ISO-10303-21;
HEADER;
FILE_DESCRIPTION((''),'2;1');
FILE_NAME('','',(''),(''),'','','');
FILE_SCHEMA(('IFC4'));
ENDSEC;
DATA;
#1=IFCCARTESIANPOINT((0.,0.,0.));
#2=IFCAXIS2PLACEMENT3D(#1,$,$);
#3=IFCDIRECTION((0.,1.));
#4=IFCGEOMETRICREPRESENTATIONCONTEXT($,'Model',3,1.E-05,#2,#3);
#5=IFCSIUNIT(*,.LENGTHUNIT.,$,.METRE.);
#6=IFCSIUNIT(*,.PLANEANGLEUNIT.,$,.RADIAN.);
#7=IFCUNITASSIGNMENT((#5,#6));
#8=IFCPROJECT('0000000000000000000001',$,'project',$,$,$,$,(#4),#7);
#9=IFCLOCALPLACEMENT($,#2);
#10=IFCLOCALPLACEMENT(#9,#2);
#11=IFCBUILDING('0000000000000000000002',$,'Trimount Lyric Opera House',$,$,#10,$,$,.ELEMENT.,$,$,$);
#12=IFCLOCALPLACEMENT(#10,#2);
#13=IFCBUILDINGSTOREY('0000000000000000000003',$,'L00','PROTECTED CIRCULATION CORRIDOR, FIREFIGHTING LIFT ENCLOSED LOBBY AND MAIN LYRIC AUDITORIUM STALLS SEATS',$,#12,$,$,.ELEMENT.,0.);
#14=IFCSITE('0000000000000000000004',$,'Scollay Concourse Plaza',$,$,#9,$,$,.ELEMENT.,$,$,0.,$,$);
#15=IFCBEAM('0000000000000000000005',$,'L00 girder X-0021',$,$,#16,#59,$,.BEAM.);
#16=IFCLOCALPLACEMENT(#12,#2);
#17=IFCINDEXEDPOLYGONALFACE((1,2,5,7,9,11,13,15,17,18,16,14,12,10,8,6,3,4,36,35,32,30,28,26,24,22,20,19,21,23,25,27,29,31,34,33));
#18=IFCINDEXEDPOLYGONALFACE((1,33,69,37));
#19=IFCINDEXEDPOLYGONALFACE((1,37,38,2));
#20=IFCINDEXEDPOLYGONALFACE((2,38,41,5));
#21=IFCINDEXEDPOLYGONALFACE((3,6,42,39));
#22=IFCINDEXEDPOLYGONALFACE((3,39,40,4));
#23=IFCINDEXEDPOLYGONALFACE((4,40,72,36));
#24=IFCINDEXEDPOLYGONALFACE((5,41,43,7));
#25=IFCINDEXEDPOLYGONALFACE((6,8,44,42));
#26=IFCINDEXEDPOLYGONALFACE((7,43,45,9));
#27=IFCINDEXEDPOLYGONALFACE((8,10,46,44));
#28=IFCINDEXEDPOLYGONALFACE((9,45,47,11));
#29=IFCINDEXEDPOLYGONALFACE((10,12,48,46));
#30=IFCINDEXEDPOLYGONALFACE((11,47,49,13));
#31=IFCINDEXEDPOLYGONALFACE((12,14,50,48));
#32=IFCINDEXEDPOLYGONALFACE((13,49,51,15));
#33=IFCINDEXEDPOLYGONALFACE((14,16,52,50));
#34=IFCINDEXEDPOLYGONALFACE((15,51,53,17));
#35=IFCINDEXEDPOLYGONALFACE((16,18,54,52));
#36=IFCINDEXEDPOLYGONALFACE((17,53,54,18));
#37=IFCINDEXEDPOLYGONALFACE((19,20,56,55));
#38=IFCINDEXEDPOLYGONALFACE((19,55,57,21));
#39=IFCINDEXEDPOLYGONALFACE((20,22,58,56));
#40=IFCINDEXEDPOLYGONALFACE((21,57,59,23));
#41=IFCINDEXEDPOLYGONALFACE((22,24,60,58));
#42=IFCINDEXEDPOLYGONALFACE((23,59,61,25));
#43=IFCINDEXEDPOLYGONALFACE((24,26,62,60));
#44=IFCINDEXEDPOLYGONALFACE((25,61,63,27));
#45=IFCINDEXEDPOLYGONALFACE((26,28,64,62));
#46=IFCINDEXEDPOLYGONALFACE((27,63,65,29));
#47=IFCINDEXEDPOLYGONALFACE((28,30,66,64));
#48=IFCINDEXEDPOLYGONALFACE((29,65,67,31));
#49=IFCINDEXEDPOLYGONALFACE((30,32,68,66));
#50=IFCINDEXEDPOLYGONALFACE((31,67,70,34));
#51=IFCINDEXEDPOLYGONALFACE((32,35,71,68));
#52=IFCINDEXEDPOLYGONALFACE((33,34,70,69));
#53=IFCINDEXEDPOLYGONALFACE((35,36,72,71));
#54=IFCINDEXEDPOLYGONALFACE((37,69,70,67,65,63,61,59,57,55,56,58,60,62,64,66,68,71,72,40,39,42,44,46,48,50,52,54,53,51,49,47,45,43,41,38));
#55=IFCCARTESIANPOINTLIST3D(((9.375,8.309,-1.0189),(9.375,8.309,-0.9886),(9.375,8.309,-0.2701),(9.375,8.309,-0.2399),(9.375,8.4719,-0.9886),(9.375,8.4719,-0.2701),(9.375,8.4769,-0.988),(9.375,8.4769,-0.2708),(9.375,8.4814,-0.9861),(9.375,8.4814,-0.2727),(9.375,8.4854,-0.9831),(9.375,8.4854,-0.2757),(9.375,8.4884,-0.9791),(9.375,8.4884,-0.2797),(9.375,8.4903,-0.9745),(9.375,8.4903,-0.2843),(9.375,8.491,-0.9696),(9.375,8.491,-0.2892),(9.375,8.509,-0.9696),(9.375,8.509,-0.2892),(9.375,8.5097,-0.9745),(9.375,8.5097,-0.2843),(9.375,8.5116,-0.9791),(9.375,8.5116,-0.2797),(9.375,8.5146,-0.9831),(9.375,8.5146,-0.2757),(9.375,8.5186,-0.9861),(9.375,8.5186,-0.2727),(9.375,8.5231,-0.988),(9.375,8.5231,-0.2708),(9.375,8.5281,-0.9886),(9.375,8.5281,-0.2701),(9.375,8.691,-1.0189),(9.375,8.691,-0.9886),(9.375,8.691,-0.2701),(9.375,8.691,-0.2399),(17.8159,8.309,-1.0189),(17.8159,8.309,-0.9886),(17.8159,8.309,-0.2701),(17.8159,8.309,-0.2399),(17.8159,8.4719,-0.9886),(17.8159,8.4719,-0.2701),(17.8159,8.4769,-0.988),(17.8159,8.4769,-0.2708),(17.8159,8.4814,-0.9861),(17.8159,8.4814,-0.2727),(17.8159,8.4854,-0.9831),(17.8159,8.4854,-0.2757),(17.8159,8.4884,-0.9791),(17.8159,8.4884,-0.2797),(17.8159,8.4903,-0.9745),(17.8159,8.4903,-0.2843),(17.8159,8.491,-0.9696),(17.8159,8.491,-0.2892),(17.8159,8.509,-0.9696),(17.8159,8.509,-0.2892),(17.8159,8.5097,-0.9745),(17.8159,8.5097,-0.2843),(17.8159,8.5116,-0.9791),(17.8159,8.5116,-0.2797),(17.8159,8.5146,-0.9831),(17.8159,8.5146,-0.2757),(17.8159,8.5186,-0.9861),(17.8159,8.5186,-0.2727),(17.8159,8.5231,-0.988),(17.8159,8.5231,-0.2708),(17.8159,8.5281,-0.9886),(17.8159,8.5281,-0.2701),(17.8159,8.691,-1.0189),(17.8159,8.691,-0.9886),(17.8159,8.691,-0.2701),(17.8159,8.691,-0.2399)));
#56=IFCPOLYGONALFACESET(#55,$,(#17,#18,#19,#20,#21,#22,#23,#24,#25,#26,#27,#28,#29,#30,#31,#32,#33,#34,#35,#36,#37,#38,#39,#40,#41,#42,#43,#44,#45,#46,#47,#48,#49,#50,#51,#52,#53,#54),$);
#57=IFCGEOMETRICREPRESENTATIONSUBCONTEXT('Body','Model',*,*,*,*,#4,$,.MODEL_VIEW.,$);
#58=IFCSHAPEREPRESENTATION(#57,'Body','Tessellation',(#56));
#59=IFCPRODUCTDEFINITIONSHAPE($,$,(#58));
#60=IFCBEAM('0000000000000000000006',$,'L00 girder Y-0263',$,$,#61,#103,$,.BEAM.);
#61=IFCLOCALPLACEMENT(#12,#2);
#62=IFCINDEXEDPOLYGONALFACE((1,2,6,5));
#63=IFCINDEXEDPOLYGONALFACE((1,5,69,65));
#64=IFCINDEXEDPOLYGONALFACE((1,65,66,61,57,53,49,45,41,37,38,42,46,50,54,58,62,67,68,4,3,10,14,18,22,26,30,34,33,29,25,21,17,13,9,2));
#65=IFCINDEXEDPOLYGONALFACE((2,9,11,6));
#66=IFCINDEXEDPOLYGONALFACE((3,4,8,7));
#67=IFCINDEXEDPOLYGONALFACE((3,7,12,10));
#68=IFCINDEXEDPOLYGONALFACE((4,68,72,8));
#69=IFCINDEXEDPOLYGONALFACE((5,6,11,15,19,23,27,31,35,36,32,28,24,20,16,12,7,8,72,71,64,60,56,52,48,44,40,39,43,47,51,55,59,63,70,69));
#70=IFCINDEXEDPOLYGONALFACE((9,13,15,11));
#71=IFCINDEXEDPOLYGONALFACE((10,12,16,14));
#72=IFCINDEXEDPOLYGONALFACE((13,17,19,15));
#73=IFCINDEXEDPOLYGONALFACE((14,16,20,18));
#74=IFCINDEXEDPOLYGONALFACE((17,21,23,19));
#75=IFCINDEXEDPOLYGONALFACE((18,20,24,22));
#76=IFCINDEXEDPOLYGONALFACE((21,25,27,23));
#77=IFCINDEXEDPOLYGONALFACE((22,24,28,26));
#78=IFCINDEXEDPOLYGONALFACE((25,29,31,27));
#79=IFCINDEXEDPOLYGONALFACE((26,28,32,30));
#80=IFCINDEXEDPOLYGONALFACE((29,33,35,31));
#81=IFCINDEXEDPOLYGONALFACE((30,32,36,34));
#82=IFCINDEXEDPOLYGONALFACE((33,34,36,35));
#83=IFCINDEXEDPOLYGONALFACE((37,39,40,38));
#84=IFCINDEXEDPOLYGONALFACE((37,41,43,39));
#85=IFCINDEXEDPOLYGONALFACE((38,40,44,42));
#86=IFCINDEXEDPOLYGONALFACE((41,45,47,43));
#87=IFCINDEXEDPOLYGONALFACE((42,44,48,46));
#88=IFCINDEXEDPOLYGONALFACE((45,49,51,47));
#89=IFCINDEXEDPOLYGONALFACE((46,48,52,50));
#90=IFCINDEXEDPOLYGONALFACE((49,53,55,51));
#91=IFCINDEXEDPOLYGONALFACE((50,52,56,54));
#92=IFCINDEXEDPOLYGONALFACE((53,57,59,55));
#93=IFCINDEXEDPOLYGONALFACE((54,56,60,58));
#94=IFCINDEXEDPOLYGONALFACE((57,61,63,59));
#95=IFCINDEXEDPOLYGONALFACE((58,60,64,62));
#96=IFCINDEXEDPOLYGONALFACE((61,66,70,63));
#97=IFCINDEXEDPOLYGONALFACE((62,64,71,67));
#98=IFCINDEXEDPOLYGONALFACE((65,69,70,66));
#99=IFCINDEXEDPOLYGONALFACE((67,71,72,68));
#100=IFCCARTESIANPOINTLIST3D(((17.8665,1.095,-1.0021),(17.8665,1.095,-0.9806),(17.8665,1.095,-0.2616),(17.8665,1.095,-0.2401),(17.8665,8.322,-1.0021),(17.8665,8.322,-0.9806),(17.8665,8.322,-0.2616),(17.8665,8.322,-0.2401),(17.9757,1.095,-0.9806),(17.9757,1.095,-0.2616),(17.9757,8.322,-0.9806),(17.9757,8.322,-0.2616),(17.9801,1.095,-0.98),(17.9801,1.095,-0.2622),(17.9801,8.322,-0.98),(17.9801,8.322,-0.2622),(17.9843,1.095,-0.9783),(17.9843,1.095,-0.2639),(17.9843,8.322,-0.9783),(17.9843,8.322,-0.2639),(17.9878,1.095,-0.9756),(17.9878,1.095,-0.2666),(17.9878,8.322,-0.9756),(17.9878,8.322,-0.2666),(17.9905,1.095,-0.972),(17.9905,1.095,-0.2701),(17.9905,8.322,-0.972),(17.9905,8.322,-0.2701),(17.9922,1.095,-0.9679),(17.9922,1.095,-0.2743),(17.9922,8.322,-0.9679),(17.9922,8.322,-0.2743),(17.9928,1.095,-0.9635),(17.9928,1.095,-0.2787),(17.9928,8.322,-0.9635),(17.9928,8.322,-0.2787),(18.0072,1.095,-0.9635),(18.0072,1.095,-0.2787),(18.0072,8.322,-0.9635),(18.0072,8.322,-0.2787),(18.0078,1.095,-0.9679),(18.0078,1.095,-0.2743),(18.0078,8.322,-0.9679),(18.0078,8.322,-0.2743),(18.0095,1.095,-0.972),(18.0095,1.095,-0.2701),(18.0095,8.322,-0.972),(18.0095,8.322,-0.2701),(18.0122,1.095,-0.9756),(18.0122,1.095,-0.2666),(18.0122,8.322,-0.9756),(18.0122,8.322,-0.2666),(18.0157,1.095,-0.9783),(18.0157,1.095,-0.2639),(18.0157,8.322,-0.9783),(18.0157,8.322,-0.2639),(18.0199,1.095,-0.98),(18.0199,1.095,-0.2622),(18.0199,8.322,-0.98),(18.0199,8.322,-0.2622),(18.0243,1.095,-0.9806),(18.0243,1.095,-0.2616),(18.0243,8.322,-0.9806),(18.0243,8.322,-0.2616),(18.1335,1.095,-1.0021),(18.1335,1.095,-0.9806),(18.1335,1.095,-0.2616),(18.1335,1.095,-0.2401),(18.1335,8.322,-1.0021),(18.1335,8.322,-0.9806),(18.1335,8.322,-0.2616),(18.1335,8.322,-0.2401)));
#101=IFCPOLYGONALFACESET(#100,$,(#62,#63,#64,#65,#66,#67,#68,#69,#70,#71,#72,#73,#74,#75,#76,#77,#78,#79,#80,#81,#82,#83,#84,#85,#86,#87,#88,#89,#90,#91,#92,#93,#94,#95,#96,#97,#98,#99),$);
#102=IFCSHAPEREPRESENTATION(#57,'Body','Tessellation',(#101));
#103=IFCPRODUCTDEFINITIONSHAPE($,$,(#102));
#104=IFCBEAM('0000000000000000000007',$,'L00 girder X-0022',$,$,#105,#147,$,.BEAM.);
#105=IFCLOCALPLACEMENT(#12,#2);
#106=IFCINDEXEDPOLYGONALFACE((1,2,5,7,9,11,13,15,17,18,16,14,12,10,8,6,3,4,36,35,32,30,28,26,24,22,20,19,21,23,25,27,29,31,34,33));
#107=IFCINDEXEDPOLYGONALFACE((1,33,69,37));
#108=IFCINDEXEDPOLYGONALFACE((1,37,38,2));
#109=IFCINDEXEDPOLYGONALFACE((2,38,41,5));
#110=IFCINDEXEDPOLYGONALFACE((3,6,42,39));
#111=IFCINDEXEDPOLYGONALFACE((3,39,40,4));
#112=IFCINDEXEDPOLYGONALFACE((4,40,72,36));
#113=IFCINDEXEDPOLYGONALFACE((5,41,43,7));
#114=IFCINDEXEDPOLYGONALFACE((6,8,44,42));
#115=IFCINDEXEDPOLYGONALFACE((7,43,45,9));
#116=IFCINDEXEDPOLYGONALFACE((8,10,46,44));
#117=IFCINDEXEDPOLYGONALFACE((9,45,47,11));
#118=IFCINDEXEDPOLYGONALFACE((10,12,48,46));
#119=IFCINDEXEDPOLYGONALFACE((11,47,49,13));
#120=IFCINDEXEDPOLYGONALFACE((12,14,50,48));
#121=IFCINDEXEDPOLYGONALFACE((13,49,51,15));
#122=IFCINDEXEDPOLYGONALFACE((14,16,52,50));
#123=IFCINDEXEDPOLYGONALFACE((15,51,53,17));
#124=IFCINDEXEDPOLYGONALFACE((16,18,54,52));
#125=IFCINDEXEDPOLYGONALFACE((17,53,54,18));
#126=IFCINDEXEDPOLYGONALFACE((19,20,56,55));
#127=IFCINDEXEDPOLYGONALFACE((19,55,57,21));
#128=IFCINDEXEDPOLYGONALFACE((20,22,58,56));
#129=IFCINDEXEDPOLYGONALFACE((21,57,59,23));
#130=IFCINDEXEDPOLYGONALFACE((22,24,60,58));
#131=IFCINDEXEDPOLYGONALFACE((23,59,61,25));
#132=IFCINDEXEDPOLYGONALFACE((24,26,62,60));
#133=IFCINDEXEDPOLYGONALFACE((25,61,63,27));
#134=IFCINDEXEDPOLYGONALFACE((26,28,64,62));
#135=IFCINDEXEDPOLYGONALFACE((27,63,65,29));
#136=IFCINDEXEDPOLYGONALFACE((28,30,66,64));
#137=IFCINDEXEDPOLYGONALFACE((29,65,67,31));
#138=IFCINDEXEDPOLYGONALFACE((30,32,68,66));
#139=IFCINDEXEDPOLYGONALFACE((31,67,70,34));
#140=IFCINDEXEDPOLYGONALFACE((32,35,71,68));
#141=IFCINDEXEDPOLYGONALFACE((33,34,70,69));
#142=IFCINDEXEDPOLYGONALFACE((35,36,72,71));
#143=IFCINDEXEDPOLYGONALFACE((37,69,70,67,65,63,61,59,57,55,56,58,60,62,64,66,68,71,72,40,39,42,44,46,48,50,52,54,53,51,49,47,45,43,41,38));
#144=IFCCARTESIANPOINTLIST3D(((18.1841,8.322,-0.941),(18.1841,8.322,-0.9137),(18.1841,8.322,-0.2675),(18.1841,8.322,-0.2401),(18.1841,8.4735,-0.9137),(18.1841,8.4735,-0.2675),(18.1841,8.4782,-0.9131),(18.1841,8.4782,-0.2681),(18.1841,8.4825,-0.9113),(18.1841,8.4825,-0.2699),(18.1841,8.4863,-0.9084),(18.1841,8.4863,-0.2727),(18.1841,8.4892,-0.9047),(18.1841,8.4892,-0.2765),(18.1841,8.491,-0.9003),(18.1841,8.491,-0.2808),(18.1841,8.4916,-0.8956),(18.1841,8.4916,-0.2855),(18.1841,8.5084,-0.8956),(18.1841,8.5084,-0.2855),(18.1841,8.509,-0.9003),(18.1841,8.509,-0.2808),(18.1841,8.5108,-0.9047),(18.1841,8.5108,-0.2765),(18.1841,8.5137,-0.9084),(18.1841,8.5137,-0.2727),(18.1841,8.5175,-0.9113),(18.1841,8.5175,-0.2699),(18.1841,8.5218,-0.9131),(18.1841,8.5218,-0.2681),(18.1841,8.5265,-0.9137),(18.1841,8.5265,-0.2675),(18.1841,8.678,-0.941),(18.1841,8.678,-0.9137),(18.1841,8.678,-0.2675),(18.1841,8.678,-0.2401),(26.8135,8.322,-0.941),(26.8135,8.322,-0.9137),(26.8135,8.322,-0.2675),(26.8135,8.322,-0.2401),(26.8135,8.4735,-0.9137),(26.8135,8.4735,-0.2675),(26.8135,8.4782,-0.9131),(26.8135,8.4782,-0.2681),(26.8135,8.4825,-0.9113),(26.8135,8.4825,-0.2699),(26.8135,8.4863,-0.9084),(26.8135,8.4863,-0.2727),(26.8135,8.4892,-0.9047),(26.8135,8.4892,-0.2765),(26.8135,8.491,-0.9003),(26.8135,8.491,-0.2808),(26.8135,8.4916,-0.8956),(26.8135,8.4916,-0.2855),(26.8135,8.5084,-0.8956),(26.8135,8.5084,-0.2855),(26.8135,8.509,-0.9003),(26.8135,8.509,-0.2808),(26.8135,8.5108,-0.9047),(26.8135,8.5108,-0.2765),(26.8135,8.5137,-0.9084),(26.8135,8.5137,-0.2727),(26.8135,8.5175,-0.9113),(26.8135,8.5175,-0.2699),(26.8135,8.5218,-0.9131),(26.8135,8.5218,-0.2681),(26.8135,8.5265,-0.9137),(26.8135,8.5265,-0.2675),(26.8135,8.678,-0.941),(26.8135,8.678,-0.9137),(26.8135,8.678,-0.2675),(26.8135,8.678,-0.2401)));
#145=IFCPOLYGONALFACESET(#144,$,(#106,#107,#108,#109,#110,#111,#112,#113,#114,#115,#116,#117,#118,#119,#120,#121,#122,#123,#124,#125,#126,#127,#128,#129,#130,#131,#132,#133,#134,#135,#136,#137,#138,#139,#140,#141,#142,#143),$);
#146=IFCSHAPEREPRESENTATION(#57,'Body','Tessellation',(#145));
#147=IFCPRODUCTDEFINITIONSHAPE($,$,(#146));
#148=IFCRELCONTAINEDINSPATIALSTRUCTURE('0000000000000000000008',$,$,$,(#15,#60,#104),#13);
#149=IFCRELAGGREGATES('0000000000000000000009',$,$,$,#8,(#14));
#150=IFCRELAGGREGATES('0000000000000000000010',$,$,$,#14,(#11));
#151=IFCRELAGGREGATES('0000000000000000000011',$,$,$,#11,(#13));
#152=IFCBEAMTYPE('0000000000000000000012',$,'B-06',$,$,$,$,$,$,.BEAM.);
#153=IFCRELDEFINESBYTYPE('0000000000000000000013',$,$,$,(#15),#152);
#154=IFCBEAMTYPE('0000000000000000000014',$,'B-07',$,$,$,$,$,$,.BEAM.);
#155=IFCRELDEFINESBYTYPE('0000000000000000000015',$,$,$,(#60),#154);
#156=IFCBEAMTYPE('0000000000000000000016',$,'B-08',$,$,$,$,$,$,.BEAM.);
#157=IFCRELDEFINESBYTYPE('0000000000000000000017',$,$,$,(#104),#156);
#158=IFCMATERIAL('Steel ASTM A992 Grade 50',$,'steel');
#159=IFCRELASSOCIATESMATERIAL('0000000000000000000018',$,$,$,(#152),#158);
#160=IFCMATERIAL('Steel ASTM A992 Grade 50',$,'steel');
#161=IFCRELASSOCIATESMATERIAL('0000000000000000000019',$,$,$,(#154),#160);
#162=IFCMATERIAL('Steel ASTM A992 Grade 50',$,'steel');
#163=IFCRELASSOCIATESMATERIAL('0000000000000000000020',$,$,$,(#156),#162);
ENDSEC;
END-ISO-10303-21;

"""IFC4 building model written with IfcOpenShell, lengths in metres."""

from ifc_helpers import new_model, si_unit, direction, frame, origin, origin_2d, place, context, subcontext, project, spatial, i_section, extrude, material, material_profile, profile_set, type_object, element, save


model = new_model("IFC4")

# Units and contexts
model_context = context("Model", 3, precision=1e-05, world=origin(), true_north=direction((0.0, 1.0)))
body_context = subcontext(model_context, "Body", "Model", "MODEL_VIEW")
ifc_project = project(units=[si_unit("LENGTHUNIT", "METRE"), si_unit("PLANEANGLEUNIT", "RADIAN")], contexts=[model_context])

# Site, building, storey
site_placement = place(None, origin())
site = spatial("IfcSite", under=ifc_project, at=site_placement, Name="Scollay Concourse Plaza", CompositionType="ELEMENT", RefElevation=0.0)
building_placement = place(site_placement, origin())
building = spatial("IfcBuilding", under=site, at=building_placement, Name="Trimount Lyric Opera House", CompositionType="ELEMENT")
storey_placement = place(building_placement, origin())
storey = spatial("IfcBuildingStorey", under=building, at=storey_placement, Name="L00", Description="PROTECTED CIRCULATION CORRIDOR, FIREFIGHTING LIFT ENCLOSED LOBBY AND MAIN LYRIC AUDITORIUM STALLS SEATS", CompositionType="ELEMENT", Elevation=0.0)

# Beams
ifc_material_1 = material(Name="Steel ASTM A992 Grade 50", Category="steel")
ifc_material_profile_1 = material_profile(ifc_material_1, i_section(OverallWidth=0.3821, OverallDepth=0.7791, WebThickness=0.0181, FlangeThickness=0.0303, FilletRadius=0.019, at=origin_2d()), Name="W30X191")
ifc_profile_set_1 = profile_set([ifc_material_profile_1], Name="Steel ASTM A992 Grade 50")
beam_type_1 = type_object("IfcBeamType", Name="B-06", PredefinedType="BEAM", material=ifc_profile_set_1)
beam_1_placement = place(storey_placement, frame((9.375, 8.5, -0.6294), z_axis=(1.0, 0.0, 0.0), x_axis=(0.0, 1.0, 0.0)))
element("IfcBeam", 1, at=beam_1_placement, inside=storey, type_object=beam_type_1, Name="L00 girder X-0021", PredefinedType="BEAM", context=body_context, shape_type="SweptSolid", body=[
    extrude(i_section(OverallWidth=0.3821, OverallDepth=0.7791, WebThickness=0.0181, FlangeThickness=0.0303, FilletRadius=0.019, at=origin_2d()), origin(), (0.0, 0.0, 1.0), 8.4409),
])
ifc_material_2 = material(Name="Steel ASTM A992 Grade 50", Category="steel")
ifc_material_profile_2 = material_profile(ifc_material_2, i_section(OverallWidth=0.2671, OverallDepth=0.762, WebThickness=0.0144, FlangeThickness=0.0215, FilletRadius=0.0171, at=origin_2d()), Name="W30X116")
ifc_profile_set_2 = profile_set([ifc_material_profile_2], Name="Steel ASTM A992 Grade 50")
beam_type_2 = type_object("IfcBeamType", Name="B-07", PredefinedType="BEAM", material=ifc_profile_set_2)
beam_2_placement = place(storey_placement, frame((18.0, 1.095, -0.6211), z_axis=(0.0, 1.0, 0.0), x_axis=(-1.0, 0.0, 0.0)))
element("IfcBeam", 2, at=beam_2_placement, inside=storey, type_object=beam_type_2, Name="L00 girder Y-0263", PredefinedType="BEAM", context=body_context, shape_type="SweptSolid", body=[
    extrude(i_section(OverallWidth=0.2671, OverallDepth=0.762, WebThickness=0.0144, FlangeThickness=0.0215, FilletRadius=0.0171, at=origin_2d()), origin(), (0.0, 0.0, 1.0), 7.2271),
])
ifc_material_3 = material(Name="Steel ASTM A992 Grade 50", Category="steel")
ifc_material_profile_3 = material_profile(ifc_material_3, i_section(OverallWidth=0.356, OverallDepth=0.7009, WebThickness=0.0168, FlangeThickness=0.0273, FilletRadius=0.0181, at=origin_2d()), Name="W27X161")
ifc_profile_set_3 = profile_set([ifc_material_profile_3], Name="Steel ASTM A992 Grade 50")
beam_type_3 = type_object("IfcBeamType", Name="B-08", PredefinedType="BEAM", material=ifc_profile_set_3)
beam_3_placement = place(storey_placement, frame((18.1841, 8.5, -0.5906), z_axis=(1.0, 0.0, 0.0), x_axis=(0.0, 1.0, 0.0)))
element("IfcBeam", 3, at=beam_3_placement, inside=storey, type_object=beam_type_3, Name="L00 girder X-0022", PredefinedType="BEAM", context=body_context, shape_type="SweptSolid", body=[
    extrude(i_section(OverallWidth=0.356, OverallDepth=0.7009, WebThickness=0.0168, FlangeThickness=0.0273, FilletRadius=0.0181, at=origin_2d()), origin(), (0.0, 0.0, 1.0), 8.6294),
])

save(model, "model.ifc")
